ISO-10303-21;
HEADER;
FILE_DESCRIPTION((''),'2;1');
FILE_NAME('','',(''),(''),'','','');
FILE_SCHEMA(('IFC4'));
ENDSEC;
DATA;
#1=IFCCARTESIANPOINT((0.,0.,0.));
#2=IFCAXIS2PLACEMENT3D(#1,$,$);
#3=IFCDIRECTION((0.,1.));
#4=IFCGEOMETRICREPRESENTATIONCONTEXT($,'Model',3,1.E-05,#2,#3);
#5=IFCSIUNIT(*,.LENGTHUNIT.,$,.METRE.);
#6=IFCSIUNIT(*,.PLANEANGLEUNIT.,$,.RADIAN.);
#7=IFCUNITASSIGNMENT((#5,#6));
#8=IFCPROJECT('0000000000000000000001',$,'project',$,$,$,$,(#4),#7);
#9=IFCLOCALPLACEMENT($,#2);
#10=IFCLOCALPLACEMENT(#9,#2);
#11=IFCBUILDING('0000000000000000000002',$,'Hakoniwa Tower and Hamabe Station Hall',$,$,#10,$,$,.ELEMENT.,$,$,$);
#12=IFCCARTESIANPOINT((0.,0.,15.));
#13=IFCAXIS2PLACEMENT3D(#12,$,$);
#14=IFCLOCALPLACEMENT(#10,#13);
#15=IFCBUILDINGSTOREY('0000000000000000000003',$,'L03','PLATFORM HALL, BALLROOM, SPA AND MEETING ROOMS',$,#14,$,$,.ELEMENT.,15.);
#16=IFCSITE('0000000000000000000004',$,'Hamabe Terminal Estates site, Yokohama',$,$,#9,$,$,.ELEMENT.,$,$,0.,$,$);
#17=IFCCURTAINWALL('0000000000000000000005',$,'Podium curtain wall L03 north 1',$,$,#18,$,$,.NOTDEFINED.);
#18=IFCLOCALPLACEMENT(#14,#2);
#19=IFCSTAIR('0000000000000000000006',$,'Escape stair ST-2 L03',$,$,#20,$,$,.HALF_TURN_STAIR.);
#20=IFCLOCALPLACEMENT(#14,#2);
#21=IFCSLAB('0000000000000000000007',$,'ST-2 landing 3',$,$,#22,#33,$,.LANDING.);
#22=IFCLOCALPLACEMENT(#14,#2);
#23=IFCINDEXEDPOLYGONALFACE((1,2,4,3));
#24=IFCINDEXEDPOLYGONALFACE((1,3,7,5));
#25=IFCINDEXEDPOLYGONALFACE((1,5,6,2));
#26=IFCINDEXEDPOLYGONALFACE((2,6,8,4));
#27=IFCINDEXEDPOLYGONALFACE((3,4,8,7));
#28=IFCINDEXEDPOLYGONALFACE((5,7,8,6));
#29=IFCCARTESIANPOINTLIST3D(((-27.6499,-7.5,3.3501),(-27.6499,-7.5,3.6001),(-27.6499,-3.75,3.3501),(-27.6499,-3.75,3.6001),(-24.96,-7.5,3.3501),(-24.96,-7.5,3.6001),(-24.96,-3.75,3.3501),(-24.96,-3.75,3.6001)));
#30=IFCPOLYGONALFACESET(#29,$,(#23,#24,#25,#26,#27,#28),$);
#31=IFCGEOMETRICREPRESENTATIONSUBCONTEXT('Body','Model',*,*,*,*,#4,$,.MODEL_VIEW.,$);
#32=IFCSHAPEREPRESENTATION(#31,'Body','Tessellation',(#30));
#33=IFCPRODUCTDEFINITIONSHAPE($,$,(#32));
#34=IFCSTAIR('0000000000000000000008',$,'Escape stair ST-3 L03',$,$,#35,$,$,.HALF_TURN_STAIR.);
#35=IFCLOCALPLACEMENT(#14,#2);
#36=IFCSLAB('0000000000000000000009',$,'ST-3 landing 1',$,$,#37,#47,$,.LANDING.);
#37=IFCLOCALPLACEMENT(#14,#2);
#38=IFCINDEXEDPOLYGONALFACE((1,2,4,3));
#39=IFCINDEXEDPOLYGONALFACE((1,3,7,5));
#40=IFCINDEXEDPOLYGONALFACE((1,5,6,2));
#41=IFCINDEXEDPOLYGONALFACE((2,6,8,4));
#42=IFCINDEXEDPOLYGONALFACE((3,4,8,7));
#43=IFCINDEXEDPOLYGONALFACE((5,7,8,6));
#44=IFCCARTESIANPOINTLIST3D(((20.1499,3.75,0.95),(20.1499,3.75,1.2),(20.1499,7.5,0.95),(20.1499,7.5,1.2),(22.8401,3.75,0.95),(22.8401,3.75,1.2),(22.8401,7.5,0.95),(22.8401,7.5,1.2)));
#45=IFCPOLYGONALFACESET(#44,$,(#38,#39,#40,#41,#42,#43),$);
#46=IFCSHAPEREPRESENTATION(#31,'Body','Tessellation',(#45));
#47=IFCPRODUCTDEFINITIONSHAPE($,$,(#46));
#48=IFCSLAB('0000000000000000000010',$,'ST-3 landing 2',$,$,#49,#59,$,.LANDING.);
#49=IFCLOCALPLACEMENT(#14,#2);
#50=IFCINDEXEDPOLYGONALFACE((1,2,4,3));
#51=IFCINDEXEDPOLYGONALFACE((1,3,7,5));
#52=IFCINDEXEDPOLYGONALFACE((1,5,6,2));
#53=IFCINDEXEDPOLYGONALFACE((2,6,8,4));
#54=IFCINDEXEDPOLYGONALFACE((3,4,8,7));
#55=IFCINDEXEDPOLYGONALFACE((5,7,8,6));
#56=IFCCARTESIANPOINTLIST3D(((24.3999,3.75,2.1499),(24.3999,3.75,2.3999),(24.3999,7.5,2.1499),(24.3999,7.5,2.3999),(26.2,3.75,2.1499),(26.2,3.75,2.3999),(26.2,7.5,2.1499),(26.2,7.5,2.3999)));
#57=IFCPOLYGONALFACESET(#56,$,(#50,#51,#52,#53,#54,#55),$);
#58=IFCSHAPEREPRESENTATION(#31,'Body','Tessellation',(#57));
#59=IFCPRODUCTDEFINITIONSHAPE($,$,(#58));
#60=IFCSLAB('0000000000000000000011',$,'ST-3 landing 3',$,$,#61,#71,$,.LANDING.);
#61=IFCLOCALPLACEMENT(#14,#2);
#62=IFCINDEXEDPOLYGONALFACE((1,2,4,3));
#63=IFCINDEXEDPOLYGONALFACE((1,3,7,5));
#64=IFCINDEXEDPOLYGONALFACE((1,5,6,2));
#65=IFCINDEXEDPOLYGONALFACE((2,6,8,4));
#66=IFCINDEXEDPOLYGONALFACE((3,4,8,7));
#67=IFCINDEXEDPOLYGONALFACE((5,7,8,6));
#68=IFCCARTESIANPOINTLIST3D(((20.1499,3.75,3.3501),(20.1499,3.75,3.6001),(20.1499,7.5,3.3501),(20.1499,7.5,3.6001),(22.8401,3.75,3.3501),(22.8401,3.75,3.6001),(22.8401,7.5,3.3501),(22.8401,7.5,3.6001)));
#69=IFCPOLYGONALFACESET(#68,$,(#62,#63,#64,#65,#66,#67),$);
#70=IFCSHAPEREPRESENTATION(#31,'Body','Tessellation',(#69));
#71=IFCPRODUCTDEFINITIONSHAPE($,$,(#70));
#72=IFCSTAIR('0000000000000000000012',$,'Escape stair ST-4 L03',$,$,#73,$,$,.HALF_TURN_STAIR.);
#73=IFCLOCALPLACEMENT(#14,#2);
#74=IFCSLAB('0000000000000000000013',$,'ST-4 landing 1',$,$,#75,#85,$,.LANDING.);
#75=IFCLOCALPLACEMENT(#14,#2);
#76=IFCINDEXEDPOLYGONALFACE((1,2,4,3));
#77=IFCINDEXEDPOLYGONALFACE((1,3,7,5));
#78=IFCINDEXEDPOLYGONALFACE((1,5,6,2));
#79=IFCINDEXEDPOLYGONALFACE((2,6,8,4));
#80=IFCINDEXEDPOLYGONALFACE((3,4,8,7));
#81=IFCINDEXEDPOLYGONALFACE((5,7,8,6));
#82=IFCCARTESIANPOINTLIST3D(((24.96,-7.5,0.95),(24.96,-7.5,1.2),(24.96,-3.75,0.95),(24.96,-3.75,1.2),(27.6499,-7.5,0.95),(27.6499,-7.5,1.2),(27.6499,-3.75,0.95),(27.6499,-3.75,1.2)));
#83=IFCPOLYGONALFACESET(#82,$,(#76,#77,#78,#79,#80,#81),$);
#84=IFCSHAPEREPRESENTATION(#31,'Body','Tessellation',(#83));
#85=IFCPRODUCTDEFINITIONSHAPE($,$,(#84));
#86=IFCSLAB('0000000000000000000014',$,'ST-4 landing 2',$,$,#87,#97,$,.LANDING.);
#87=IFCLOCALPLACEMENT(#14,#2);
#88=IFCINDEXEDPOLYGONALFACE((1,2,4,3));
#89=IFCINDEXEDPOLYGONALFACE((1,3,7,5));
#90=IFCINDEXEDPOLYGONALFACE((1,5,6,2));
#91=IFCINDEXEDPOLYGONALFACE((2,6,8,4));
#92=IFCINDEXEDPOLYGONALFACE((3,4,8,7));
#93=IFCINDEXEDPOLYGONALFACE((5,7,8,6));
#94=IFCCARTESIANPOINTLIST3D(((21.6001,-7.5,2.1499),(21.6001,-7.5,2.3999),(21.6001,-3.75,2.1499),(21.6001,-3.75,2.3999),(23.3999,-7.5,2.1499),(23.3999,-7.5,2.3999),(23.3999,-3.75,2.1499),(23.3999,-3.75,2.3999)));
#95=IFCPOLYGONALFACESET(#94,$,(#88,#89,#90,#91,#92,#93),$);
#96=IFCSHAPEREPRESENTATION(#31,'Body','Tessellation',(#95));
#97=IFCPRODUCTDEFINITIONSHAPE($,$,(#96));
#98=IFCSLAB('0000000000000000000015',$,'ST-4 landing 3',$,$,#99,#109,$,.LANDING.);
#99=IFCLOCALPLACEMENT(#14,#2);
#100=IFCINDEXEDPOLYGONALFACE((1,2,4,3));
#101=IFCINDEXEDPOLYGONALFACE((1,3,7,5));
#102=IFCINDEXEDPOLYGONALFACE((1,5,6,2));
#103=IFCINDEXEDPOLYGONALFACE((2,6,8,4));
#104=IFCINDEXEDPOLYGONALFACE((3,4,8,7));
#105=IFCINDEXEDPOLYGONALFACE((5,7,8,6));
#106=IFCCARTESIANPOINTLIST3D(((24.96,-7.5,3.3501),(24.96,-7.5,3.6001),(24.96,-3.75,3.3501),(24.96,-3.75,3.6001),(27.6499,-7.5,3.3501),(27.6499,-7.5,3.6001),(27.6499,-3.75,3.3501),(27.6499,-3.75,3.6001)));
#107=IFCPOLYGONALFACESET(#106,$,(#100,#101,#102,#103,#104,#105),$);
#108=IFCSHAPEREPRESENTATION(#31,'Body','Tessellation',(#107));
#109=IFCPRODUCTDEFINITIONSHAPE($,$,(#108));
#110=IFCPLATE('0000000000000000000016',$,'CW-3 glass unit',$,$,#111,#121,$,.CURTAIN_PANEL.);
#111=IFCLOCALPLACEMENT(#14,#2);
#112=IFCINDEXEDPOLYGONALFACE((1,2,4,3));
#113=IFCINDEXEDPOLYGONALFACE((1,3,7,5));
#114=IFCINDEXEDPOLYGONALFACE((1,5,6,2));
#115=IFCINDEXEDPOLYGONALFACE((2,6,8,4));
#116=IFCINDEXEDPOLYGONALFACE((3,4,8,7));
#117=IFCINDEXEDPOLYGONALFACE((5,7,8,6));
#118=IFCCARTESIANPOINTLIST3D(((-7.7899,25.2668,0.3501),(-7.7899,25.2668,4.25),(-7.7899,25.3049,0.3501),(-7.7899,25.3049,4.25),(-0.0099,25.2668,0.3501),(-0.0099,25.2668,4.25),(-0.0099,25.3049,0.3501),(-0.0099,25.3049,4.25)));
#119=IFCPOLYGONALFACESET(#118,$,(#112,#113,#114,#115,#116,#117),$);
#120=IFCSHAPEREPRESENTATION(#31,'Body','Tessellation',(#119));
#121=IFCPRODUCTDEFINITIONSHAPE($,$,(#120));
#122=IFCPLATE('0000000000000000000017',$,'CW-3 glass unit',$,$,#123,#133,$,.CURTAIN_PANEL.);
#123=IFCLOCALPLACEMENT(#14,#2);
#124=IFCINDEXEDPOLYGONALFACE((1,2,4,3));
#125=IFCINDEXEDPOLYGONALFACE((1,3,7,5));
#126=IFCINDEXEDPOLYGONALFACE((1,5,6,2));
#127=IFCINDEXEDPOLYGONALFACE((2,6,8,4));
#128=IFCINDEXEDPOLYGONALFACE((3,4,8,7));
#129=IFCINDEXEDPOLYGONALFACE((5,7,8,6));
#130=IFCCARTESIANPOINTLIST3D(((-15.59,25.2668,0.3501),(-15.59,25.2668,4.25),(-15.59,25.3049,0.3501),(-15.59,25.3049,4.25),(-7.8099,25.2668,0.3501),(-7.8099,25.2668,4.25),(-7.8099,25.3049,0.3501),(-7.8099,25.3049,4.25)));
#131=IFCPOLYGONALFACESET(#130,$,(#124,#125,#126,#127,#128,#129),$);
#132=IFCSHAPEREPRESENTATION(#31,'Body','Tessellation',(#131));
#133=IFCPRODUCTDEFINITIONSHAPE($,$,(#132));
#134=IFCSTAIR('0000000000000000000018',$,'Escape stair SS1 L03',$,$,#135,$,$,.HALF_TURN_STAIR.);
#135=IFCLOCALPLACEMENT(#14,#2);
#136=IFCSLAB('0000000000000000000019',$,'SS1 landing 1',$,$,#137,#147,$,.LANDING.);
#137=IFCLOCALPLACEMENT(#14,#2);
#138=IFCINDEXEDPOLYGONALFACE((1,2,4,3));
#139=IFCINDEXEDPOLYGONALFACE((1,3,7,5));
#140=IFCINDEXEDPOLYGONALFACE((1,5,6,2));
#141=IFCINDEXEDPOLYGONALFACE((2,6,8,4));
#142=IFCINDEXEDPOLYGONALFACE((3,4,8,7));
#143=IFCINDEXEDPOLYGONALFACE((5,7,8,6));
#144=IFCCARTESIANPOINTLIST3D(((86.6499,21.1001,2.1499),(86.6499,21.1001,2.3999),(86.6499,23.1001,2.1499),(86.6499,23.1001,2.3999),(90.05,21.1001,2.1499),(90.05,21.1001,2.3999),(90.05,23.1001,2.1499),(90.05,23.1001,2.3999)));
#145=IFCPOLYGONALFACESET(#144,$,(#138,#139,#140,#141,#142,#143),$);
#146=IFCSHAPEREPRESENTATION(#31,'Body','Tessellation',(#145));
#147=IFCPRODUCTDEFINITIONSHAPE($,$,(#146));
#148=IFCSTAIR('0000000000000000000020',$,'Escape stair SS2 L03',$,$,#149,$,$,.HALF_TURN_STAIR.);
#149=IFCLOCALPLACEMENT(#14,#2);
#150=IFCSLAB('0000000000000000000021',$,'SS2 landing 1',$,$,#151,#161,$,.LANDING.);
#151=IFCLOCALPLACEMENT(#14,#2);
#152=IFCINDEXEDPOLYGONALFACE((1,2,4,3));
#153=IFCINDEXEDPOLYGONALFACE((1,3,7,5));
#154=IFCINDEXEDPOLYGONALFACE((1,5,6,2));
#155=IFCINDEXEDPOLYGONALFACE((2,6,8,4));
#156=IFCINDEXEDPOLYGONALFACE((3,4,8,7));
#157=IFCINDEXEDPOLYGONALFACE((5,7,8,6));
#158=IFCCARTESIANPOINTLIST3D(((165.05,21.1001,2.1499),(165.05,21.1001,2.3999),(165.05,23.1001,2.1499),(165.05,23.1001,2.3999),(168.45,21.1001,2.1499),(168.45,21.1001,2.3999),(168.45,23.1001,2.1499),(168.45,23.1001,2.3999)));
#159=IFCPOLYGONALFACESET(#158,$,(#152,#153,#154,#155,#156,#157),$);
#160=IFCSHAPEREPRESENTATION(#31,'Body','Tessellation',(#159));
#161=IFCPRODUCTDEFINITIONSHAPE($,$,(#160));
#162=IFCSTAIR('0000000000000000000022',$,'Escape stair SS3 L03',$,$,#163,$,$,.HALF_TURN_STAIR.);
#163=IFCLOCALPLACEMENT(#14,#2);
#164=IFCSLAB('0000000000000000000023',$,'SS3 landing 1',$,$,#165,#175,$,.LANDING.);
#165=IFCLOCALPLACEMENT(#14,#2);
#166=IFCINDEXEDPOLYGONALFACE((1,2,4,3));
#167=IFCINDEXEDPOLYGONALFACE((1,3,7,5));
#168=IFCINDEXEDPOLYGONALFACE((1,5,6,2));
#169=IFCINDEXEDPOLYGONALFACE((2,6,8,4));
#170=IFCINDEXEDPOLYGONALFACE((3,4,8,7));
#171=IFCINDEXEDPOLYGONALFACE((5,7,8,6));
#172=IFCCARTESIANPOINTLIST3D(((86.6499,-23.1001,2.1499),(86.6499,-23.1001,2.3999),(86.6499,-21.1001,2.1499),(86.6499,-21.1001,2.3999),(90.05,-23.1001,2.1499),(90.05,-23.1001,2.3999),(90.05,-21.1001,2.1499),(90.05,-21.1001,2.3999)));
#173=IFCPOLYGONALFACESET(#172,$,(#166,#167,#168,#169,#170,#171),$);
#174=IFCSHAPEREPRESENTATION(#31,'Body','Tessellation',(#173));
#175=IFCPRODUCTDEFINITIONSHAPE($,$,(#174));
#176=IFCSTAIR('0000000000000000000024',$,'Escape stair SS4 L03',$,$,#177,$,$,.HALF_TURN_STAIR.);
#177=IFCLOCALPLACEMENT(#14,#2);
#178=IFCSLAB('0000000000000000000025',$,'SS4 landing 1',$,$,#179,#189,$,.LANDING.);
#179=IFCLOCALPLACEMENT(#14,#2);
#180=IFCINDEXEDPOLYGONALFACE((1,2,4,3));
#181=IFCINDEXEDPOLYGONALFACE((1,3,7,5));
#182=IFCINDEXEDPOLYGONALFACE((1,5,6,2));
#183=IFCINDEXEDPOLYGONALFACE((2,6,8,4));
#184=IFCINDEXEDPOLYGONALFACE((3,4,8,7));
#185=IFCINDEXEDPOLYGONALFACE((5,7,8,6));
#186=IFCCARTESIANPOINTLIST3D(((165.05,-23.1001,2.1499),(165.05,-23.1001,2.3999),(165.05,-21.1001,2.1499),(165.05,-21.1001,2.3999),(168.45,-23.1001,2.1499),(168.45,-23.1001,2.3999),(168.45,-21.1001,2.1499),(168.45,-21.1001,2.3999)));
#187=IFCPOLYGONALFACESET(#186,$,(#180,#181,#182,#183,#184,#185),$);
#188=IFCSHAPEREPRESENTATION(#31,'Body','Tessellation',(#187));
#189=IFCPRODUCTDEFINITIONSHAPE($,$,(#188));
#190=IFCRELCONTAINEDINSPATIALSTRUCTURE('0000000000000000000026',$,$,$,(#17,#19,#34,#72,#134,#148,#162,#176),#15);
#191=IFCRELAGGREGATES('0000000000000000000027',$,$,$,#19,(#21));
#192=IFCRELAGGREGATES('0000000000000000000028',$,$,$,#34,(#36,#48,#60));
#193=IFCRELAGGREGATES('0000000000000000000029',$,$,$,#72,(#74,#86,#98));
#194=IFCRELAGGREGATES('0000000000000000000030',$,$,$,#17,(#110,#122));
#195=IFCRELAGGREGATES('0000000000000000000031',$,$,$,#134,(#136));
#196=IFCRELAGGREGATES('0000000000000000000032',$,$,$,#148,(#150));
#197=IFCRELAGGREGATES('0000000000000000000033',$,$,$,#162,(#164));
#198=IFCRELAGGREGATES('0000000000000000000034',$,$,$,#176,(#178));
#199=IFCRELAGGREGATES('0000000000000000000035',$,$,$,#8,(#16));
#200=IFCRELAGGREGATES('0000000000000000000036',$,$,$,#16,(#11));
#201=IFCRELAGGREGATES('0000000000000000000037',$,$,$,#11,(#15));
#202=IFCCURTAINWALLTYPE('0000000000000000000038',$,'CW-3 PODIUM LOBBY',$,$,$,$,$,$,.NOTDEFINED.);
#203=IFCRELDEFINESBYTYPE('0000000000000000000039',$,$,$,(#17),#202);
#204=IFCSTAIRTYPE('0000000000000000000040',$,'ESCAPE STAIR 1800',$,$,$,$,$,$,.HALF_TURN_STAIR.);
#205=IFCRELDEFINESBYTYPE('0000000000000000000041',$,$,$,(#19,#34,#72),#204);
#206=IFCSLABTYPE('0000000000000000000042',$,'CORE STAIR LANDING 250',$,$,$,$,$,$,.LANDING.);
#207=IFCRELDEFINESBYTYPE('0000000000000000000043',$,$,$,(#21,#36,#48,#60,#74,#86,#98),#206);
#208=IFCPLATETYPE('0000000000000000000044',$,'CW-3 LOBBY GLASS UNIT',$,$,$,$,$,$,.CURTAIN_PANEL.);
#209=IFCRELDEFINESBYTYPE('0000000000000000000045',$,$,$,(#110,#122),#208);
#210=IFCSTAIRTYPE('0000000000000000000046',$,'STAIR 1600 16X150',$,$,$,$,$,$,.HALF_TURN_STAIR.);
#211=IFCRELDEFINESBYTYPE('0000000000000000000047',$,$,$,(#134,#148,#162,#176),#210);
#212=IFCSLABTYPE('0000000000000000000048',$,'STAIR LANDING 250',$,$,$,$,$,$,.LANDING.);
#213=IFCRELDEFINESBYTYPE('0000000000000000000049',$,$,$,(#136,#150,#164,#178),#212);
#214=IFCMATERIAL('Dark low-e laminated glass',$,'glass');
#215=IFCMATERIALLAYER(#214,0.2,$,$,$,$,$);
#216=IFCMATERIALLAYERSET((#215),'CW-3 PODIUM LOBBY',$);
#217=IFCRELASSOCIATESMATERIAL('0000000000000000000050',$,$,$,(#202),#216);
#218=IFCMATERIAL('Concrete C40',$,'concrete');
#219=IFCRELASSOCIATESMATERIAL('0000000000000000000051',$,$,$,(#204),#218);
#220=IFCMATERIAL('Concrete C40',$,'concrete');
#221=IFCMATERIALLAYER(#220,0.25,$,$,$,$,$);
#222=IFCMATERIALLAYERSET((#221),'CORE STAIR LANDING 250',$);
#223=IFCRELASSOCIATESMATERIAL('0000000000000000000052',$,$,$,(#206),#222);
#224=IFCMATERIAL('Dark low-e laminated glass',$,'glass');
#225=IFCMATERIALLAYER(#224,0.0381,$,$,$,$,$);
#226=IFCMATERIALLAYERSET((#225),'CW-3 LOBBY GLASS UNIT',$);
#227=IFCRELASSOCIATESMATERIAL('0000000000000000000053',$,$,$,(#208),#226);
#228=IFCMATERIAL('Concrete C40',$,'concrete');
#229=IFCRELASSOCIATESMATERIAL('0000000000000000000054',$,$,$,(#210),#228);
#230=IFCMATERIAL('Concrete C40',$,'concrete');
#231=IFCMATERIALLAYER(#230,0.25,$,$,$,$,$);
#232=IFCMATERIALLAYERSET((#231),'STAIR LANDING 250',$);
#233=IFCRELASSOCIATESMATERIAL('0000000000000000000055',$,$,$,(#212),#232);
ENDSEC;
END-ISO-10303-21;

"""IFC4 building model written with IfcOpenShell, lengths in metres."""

from ifc_helpers import new_model, si_unit, direction, frame, origin, origin_2d, place, context, subcontext, project, spatial, polyline, rectangle, outline, extrude, material, layer, layer_set, type_object, element, aggregate, save


model = new_model("IFC4")

# Units and contexts
model_context = context("Model", 3, precision=1e-05, world=origin(), true_north=direction((0.0, 1.0)))
body_context = subcontext(model_context, "Body", "Model", "MODEL_VIEW")
ifc_project = project(units=[si_unit("LENGTHUNIT", "METRE"), si_unit("PLANEANGLEUNIT", "RADIAN")], contexts=[model_context])

# Site, building, storey
site_placement = place(None, origin())
site = spatial("IfcSite", under=ifc_project, at=site_placement, Name="Hamabe Terminal Estates site, Yokohama", CompositionType="ELEMENT", RefElevation=0.0)
building_placement = place(site_placement, origin())
building = spatial("IfcBuilding", under=site, at=building_placement, Name="Hakoniwa Tower and Hamabe Station Hall", CompositionType="ELEMENT")
storey_placement = place(building_placement, frame((0.0, 0.0, 15.0)))
storey = spatial("IfcBuildingStorey", under=building, at=storey_placement, Name="L03", Description="PLATFORM HALL, BALLROOM, SPA AND MEETING ROOMS", CompositionType="ELEMENT", Elevation=15.0)

# Curtain wall
ifc_material_1 = material(Name="Dark low-e laminated glass", Category="glass")
ifc_layer_1 = layer(ifc_material_1, 0.2)
ifc_layer_set_1 = layer_set([ifc_layer_1], Name="CW-3 PODIUM LOBBY")
curtain_wall_type = type_object("IfcCurtainWallType", Name="CW-3 PODIUM LOBBY", PredefinedType="NOTDEFINED", material=ifc_layer_set_1)
curtain_wall_placement = place(storey_placement, origin())
curtain_wall = element("IfcCurtainWall", 1, at=curtain_wall_placement, inside=storey, type_object=curtain_wall_type, Name="Podium curtain wall L03 north 1", PredefinedType="NOTDEFINED")

# Stairs, slabs
ifc_material_2 = material(Name="Concrete C40", Category="concrete")
stair_type_1 = type_object("IfcStairType", Name="ESCAPE STAIR 1800", PredefinedType="HALF_TURN_STAIR", material=ifc_material_2)
ifc_material_3 = material(Name="Concrete C40", Category="concrete")
ifc_layer_2 = layer(ifc_material_3, 0.25)
ifc_layer_set_2 = layer_set([ifc_layer_2], Name="CORE STAIR LANDING 250")
slab_type_1 = type_object("IfcSlabType", Name="CORE STAIR LANDING 250", PredefinedType="LANDING", material=ifc_layer_set_2)
stair_1_placement = place(storey_placement, origin())
stair_1 = element("IfcStair", 2, at=stair_1_placement, inside=storey, type_object=stair_type_1, Name="Escape stair ST-2 L03", PredefinedType="HALF_TURN_STAIR")
slab_1_placement = place(storey_placement, frame((0.0, 0.0, 3.3501)))
slab_1 = element("IfcSlab", 3, at=slab_1_placement, type_object=slab_type_1, Name="ST-2 landing 3", PredefinedType="LANDING", context=body_context, shape_type="SweptSolid", body=[
    extrude(outline(polyline([(-24.96, -7.5), (-27.6499, -7.5), (-27.6499, -3.75), (-24.96, -3.75), (-24.96, -7.5)])), origin(), (0.0, 0.0, 1.0), 0.25),
])
aggregate(stair_1, [slab_1])
stair_2_placement = place(storey_placement, origin())
stair_2 = element("IfcStair", 4, at=stair_2_placement, inside=storey, type_object=stair_type_1, Name="Escape stair ST-3 L03", PredefinedType="HALF_TURN_STAIR")
slab_2_placement = place(storey_placement, frame((0.0, 0.0, 0.95)))
slab_2 = element("IfcSlab", 5, at=slab_2_placement, type_object=slab_type_1, Name="ST-3 landing 1", PredefinedType="LANDING", context=body_context, shape_type="SweptSolid", body=[
    extrude(outline(polyline([(22.8401, 3.75), (20.1499, 3.75), (20.1499, 7.5), (22.8401, 7.5), (22.8401, 3.75)])), origin(), (0.0, 0.0, 1.0), 0.25),
])
slab_3_placement = place(storey_placement, frame((0.0, 0.0, 2.1499)))
slab_3 = element("IfcSlab", 6, at=slab_3_placement, type_object=slab_type_1, Name="ST-3 landing 2", PredefinedType="LANDING", context=body_context, shape_type="SweptSolid", body=[
    extrude(outline(polyline([(26.2, 3.75), (24.3999, 3.75), (24.3999, 7.5), (26.2, 7.5), (26.2, 3.75)])), origin(), (0.0, 0.0, 1.0), 0.25),
])
slab_4_placement = place(storey_placement, frame((0.0, 0.0, 3.3501)))
slab_4 = element("IfcSlab", 7, at=slab_4_placement, type_object=slab_type_1, Name="ST-3 landing 3", PredefinedType="LANDING", context=body_context, shape_type="SweptSolid", body=[
    extrude(outline(polyline([(22.8401, 3.75), (20.1499, 3.75), (20.1499, 7.5), (22.8401, 7.5), (22.8401, 3.75)])), origin(), (0.0, 0.0, 1.0), 0.25),
])
aggregate(stair_2, [slab_2, slab_3, slab_4])
stair_3_placement = place(storey_placement, origin())
stair_3 = element("IfcStair", 8, at=stair_3_placement, inside=storey, type_object=stair_type_1, Name="Escape stair ST-4 L03", PredefinedType="HALF_TURN_STAIR")
slab_5_placement = place(storey_placement, frame((0.0, 0.0, 0.95)))
slab_5 = element("IfcSlab", 9, at=slab_5_placement, type_object=slab_type_1, Name="ST-4 landing 1", PredefinedType="LANDING", context=body_context, shape_type="SweptSolid", body=[
    extrude(outline(polyline([(24.96, -7.5), (27.6499, -7.5), (27.6499, -3.75), (24.96, -3.75), (24.96, -7.5)])), origin(), (0.0, 0.0, 1.0), 0.25),
])
slab_6_placement = place(storey_placement, frame((0.0, 0.0, 2.1499)))
slab_6 = element("IfcSlab", 10, at=slab_6_placement, type_object=slab_type_1, Name="ST-4 landing 2", PredefinedType="LANDING", context=body_context, shape_type="SweptSolid", body=[
    extrude(outline(polyline([(21.6001, -7.5), (23.3999, -7.5), (23.3999, -3.75), (21.6001, -3.75), (21.6001, -7.5)])), origin(), (0.0, 0.0, 1.0), 0.25),
])
slab_7_placement = place(storey_placement, frame((0.0, 0.0, 3.3501)))
slab_7 = element("IfcSlab", 11, at=slab_7_placement, type_object=slab_type_1, Name="ST-4 landing 3", PredefinedType="LANDING", context=body_context, shape_type="SweptSolid", body=[
    extrude(outline(polyline([(24.96, -7.5), (27.6499, -7.5), (27.6499, -3.75), (24.96, -3.75), (24.96, -7.5)])), origin(), (0.0, 0.0, 1.0), 0.25),
])
aggregate(stair_3, [slab_5, slab_6, slab_7])

# Plates
ifc_material_4 = material(Name="Dark low-e laminated glass", Category="glass")
ifc_layer_3 = layer(ifc_material_4, 0.0381)
ifc_layer_set_3 = layer_set([ifc_layer_3], Name="CW-3 LOBBY GLASS UNIT")
plate_type = type_object("IfcPlateType", Name="CW-3 LOBBY GLASS UNIT", PredefinedType="CURTAIN_PANEL", material=ifc_layer_set_3)
plate_1_placement = place(storey_placement, frame((-3.8999, 25.2859, 0.3501), z_axis=(0.0, 0.0, 1.0), x_axis=(-1.0, 0.0, 0.0)))
plate_1 = element("IfcPlate", 12, at=plate_1_placement, type_object=plate_type, Name="CW-3 glass unit", PredefinedType="CURTAIN_PANEL", context=body_context, shape_type="SweptSolid", body=[
    extrude(rectangle(XDim=7.78, YDim=0.0381, at=origin_2d()), origin(), (0.0, 0.0, 1.0), 3.8999),
])
plate_2_placement = place(storey_placement, frame((-11.7, 25.2859, 0.3501), z_axis=(0.0, 0.0, 1.0), x_axis=(-1.0, 0.0, 0.0)))
plate_2 = element("IfcPlate", 13, at=plate_2_placement, type_object=plate_type, Name="CW-3 glass unit", PredefinedType="CURTAIN_PANEL", context=body_context, shape_type="SweptSolid", body=[
    extrude(rectangle(XDim=7.78, YDim=0.0381, at=origin_2d()), origin(), (0.0, 0.0, 1.0), 3.8999),
])
aggregate(curtain_wall, [plate_1, plate_2])

# Stairs, slabs
ifc_material_5 = material(Name="Concrete C40", Category="concrete")
stair_type_2 = type_object("IfcStairType", Name="STAIR 1600 16X150", PredefinedType="HALF_TURN_STAIR", material=ifc_material_5)
stair_4_placement = place(storey_placement, origin())
stair_4 = element("IfcStair", 14, at=stair_4_placement, inside=storey, type_object=stair_type_2, Name="Escape stair SS1 L03", PredefinedType="HALF_TURN_STAIR")
ifc_material_6 = material(Name="Concrete C40", Category="concrete")
ifc_layer_4 = layer(ifc_material_6, 0.25)
ifc_layer_set_4 = layer_set([ifc_layer_4], Name="STAIR LANDING 250")
slab_type_2 = type_object("IfcSlabType", Name="STAIR LANDING 250", PredefinedType="LANDING", material=ifc_layer_set_4)
slab_8_placement = place(storey_placement, frame((0.0, 0.0, 2.1499)))
slab_8 = element("IfcSlab", 15, at=slab_8_placement, type_object=slab_type_2, Name="SS1 landing 1", PredefinedType="LANDING", context=body_context, shape_type="SweptSolid", body=[
    extrude(outline(polyline([(90.05, 21.1001), (90.05, 23.1001), (86.6499, 23.1001), (86.6499, 21.1001), (90.05, 21.1001)])), origin(), (0.0, 0.0, 1.0), 0.25),
])
aggregate(stair_4, [slab_8])
stair_5_placement = place(storey_placement, origin())
stair_5 = element("IfcStair", 16, at=stair_5_placement, inside=storey, type_object=stair_type_2, Name="Escape stair SS2 L03", PredefinedType="HALF_TURN_STAIR")
slab_9_placement = place(storey_placement, frame((0.0, 0.0, 2.1499)))
slab_9 = element("IfcSlab", 17, at=slab_9_placement, type_object=slab_type_2, Name="SS2 landing 1", PredefinedType="LANDING", context=body_context, shape_type="SweptSolid", body=[
    extrude(outline(polyline([(168.45, 21.1001), (168.45, 23.1001), (165.05, 23.1001), (165.05, 21.1001), (168.45, 21.1001)])), origin(), (0.0, 0.0, 1.0), 0.25),
])
aggregate(stair_5, [slab_9])
stair_6_placement = place(storey_placement, origin())
stair_6 = element("IfcStair", 18, at=stair_6_placement, inside=storey, type_object=stair_type_2, Name="Escape stair SS3 L03", PredefinedType="HALF_TURN_STAIR")
slab_10_placement = place(storey_placement, frame((0.0, 0.0, 2.1499)))
slab_10 = element("IfcSlab", 19, at=slab_10_placement, type_object=slab_type_2, Name="SS3 landing 1", PredefinedType="LANDING", context=body_context, shape_type="SweptSolid", body=[
    extrude(outline(polyline([(86.6499, -21.1001), (86.6499, -23.1001), (90.05, -23.1001), (90.05, -21.1001), (86.6499, -21.1001)])), origin(), (0.0, 0.0, 1.0), 0.25),
])
aggregate(stair_6, [slab_10])
stair_7_placement = place(storey_placement, origin())
stair_7 = element("IfcStair", 20, at=stair_7_placement, inside=storey, type_object=stair_type_2, Name="Escape stair SS4 L03", PredefinedType="HALF_TURN_STAIR")
slab_11_placement = place(storey_placement, frame((0.0, 0.0, 2.1499)))
slab_11 = element("IfcSlab", 21, at=slab_11_placement, type_object=slab_type_2, Name="SS4 landing 1", PredefinedType="LANDING", context=body_context, shape_type="SweptSolid", body=[
    extrude(outline(polyline([(165.05, -21.1001), (165.05, -23.1001), (168.45, -23.1001), (168.45, -21.1001), (165.05, -21.1001)])), origin(), (0.0, 0.0, 1.0), 0.25),
])
aggregate(stair_7, [slab_11])

save(model, "model.ifc")
